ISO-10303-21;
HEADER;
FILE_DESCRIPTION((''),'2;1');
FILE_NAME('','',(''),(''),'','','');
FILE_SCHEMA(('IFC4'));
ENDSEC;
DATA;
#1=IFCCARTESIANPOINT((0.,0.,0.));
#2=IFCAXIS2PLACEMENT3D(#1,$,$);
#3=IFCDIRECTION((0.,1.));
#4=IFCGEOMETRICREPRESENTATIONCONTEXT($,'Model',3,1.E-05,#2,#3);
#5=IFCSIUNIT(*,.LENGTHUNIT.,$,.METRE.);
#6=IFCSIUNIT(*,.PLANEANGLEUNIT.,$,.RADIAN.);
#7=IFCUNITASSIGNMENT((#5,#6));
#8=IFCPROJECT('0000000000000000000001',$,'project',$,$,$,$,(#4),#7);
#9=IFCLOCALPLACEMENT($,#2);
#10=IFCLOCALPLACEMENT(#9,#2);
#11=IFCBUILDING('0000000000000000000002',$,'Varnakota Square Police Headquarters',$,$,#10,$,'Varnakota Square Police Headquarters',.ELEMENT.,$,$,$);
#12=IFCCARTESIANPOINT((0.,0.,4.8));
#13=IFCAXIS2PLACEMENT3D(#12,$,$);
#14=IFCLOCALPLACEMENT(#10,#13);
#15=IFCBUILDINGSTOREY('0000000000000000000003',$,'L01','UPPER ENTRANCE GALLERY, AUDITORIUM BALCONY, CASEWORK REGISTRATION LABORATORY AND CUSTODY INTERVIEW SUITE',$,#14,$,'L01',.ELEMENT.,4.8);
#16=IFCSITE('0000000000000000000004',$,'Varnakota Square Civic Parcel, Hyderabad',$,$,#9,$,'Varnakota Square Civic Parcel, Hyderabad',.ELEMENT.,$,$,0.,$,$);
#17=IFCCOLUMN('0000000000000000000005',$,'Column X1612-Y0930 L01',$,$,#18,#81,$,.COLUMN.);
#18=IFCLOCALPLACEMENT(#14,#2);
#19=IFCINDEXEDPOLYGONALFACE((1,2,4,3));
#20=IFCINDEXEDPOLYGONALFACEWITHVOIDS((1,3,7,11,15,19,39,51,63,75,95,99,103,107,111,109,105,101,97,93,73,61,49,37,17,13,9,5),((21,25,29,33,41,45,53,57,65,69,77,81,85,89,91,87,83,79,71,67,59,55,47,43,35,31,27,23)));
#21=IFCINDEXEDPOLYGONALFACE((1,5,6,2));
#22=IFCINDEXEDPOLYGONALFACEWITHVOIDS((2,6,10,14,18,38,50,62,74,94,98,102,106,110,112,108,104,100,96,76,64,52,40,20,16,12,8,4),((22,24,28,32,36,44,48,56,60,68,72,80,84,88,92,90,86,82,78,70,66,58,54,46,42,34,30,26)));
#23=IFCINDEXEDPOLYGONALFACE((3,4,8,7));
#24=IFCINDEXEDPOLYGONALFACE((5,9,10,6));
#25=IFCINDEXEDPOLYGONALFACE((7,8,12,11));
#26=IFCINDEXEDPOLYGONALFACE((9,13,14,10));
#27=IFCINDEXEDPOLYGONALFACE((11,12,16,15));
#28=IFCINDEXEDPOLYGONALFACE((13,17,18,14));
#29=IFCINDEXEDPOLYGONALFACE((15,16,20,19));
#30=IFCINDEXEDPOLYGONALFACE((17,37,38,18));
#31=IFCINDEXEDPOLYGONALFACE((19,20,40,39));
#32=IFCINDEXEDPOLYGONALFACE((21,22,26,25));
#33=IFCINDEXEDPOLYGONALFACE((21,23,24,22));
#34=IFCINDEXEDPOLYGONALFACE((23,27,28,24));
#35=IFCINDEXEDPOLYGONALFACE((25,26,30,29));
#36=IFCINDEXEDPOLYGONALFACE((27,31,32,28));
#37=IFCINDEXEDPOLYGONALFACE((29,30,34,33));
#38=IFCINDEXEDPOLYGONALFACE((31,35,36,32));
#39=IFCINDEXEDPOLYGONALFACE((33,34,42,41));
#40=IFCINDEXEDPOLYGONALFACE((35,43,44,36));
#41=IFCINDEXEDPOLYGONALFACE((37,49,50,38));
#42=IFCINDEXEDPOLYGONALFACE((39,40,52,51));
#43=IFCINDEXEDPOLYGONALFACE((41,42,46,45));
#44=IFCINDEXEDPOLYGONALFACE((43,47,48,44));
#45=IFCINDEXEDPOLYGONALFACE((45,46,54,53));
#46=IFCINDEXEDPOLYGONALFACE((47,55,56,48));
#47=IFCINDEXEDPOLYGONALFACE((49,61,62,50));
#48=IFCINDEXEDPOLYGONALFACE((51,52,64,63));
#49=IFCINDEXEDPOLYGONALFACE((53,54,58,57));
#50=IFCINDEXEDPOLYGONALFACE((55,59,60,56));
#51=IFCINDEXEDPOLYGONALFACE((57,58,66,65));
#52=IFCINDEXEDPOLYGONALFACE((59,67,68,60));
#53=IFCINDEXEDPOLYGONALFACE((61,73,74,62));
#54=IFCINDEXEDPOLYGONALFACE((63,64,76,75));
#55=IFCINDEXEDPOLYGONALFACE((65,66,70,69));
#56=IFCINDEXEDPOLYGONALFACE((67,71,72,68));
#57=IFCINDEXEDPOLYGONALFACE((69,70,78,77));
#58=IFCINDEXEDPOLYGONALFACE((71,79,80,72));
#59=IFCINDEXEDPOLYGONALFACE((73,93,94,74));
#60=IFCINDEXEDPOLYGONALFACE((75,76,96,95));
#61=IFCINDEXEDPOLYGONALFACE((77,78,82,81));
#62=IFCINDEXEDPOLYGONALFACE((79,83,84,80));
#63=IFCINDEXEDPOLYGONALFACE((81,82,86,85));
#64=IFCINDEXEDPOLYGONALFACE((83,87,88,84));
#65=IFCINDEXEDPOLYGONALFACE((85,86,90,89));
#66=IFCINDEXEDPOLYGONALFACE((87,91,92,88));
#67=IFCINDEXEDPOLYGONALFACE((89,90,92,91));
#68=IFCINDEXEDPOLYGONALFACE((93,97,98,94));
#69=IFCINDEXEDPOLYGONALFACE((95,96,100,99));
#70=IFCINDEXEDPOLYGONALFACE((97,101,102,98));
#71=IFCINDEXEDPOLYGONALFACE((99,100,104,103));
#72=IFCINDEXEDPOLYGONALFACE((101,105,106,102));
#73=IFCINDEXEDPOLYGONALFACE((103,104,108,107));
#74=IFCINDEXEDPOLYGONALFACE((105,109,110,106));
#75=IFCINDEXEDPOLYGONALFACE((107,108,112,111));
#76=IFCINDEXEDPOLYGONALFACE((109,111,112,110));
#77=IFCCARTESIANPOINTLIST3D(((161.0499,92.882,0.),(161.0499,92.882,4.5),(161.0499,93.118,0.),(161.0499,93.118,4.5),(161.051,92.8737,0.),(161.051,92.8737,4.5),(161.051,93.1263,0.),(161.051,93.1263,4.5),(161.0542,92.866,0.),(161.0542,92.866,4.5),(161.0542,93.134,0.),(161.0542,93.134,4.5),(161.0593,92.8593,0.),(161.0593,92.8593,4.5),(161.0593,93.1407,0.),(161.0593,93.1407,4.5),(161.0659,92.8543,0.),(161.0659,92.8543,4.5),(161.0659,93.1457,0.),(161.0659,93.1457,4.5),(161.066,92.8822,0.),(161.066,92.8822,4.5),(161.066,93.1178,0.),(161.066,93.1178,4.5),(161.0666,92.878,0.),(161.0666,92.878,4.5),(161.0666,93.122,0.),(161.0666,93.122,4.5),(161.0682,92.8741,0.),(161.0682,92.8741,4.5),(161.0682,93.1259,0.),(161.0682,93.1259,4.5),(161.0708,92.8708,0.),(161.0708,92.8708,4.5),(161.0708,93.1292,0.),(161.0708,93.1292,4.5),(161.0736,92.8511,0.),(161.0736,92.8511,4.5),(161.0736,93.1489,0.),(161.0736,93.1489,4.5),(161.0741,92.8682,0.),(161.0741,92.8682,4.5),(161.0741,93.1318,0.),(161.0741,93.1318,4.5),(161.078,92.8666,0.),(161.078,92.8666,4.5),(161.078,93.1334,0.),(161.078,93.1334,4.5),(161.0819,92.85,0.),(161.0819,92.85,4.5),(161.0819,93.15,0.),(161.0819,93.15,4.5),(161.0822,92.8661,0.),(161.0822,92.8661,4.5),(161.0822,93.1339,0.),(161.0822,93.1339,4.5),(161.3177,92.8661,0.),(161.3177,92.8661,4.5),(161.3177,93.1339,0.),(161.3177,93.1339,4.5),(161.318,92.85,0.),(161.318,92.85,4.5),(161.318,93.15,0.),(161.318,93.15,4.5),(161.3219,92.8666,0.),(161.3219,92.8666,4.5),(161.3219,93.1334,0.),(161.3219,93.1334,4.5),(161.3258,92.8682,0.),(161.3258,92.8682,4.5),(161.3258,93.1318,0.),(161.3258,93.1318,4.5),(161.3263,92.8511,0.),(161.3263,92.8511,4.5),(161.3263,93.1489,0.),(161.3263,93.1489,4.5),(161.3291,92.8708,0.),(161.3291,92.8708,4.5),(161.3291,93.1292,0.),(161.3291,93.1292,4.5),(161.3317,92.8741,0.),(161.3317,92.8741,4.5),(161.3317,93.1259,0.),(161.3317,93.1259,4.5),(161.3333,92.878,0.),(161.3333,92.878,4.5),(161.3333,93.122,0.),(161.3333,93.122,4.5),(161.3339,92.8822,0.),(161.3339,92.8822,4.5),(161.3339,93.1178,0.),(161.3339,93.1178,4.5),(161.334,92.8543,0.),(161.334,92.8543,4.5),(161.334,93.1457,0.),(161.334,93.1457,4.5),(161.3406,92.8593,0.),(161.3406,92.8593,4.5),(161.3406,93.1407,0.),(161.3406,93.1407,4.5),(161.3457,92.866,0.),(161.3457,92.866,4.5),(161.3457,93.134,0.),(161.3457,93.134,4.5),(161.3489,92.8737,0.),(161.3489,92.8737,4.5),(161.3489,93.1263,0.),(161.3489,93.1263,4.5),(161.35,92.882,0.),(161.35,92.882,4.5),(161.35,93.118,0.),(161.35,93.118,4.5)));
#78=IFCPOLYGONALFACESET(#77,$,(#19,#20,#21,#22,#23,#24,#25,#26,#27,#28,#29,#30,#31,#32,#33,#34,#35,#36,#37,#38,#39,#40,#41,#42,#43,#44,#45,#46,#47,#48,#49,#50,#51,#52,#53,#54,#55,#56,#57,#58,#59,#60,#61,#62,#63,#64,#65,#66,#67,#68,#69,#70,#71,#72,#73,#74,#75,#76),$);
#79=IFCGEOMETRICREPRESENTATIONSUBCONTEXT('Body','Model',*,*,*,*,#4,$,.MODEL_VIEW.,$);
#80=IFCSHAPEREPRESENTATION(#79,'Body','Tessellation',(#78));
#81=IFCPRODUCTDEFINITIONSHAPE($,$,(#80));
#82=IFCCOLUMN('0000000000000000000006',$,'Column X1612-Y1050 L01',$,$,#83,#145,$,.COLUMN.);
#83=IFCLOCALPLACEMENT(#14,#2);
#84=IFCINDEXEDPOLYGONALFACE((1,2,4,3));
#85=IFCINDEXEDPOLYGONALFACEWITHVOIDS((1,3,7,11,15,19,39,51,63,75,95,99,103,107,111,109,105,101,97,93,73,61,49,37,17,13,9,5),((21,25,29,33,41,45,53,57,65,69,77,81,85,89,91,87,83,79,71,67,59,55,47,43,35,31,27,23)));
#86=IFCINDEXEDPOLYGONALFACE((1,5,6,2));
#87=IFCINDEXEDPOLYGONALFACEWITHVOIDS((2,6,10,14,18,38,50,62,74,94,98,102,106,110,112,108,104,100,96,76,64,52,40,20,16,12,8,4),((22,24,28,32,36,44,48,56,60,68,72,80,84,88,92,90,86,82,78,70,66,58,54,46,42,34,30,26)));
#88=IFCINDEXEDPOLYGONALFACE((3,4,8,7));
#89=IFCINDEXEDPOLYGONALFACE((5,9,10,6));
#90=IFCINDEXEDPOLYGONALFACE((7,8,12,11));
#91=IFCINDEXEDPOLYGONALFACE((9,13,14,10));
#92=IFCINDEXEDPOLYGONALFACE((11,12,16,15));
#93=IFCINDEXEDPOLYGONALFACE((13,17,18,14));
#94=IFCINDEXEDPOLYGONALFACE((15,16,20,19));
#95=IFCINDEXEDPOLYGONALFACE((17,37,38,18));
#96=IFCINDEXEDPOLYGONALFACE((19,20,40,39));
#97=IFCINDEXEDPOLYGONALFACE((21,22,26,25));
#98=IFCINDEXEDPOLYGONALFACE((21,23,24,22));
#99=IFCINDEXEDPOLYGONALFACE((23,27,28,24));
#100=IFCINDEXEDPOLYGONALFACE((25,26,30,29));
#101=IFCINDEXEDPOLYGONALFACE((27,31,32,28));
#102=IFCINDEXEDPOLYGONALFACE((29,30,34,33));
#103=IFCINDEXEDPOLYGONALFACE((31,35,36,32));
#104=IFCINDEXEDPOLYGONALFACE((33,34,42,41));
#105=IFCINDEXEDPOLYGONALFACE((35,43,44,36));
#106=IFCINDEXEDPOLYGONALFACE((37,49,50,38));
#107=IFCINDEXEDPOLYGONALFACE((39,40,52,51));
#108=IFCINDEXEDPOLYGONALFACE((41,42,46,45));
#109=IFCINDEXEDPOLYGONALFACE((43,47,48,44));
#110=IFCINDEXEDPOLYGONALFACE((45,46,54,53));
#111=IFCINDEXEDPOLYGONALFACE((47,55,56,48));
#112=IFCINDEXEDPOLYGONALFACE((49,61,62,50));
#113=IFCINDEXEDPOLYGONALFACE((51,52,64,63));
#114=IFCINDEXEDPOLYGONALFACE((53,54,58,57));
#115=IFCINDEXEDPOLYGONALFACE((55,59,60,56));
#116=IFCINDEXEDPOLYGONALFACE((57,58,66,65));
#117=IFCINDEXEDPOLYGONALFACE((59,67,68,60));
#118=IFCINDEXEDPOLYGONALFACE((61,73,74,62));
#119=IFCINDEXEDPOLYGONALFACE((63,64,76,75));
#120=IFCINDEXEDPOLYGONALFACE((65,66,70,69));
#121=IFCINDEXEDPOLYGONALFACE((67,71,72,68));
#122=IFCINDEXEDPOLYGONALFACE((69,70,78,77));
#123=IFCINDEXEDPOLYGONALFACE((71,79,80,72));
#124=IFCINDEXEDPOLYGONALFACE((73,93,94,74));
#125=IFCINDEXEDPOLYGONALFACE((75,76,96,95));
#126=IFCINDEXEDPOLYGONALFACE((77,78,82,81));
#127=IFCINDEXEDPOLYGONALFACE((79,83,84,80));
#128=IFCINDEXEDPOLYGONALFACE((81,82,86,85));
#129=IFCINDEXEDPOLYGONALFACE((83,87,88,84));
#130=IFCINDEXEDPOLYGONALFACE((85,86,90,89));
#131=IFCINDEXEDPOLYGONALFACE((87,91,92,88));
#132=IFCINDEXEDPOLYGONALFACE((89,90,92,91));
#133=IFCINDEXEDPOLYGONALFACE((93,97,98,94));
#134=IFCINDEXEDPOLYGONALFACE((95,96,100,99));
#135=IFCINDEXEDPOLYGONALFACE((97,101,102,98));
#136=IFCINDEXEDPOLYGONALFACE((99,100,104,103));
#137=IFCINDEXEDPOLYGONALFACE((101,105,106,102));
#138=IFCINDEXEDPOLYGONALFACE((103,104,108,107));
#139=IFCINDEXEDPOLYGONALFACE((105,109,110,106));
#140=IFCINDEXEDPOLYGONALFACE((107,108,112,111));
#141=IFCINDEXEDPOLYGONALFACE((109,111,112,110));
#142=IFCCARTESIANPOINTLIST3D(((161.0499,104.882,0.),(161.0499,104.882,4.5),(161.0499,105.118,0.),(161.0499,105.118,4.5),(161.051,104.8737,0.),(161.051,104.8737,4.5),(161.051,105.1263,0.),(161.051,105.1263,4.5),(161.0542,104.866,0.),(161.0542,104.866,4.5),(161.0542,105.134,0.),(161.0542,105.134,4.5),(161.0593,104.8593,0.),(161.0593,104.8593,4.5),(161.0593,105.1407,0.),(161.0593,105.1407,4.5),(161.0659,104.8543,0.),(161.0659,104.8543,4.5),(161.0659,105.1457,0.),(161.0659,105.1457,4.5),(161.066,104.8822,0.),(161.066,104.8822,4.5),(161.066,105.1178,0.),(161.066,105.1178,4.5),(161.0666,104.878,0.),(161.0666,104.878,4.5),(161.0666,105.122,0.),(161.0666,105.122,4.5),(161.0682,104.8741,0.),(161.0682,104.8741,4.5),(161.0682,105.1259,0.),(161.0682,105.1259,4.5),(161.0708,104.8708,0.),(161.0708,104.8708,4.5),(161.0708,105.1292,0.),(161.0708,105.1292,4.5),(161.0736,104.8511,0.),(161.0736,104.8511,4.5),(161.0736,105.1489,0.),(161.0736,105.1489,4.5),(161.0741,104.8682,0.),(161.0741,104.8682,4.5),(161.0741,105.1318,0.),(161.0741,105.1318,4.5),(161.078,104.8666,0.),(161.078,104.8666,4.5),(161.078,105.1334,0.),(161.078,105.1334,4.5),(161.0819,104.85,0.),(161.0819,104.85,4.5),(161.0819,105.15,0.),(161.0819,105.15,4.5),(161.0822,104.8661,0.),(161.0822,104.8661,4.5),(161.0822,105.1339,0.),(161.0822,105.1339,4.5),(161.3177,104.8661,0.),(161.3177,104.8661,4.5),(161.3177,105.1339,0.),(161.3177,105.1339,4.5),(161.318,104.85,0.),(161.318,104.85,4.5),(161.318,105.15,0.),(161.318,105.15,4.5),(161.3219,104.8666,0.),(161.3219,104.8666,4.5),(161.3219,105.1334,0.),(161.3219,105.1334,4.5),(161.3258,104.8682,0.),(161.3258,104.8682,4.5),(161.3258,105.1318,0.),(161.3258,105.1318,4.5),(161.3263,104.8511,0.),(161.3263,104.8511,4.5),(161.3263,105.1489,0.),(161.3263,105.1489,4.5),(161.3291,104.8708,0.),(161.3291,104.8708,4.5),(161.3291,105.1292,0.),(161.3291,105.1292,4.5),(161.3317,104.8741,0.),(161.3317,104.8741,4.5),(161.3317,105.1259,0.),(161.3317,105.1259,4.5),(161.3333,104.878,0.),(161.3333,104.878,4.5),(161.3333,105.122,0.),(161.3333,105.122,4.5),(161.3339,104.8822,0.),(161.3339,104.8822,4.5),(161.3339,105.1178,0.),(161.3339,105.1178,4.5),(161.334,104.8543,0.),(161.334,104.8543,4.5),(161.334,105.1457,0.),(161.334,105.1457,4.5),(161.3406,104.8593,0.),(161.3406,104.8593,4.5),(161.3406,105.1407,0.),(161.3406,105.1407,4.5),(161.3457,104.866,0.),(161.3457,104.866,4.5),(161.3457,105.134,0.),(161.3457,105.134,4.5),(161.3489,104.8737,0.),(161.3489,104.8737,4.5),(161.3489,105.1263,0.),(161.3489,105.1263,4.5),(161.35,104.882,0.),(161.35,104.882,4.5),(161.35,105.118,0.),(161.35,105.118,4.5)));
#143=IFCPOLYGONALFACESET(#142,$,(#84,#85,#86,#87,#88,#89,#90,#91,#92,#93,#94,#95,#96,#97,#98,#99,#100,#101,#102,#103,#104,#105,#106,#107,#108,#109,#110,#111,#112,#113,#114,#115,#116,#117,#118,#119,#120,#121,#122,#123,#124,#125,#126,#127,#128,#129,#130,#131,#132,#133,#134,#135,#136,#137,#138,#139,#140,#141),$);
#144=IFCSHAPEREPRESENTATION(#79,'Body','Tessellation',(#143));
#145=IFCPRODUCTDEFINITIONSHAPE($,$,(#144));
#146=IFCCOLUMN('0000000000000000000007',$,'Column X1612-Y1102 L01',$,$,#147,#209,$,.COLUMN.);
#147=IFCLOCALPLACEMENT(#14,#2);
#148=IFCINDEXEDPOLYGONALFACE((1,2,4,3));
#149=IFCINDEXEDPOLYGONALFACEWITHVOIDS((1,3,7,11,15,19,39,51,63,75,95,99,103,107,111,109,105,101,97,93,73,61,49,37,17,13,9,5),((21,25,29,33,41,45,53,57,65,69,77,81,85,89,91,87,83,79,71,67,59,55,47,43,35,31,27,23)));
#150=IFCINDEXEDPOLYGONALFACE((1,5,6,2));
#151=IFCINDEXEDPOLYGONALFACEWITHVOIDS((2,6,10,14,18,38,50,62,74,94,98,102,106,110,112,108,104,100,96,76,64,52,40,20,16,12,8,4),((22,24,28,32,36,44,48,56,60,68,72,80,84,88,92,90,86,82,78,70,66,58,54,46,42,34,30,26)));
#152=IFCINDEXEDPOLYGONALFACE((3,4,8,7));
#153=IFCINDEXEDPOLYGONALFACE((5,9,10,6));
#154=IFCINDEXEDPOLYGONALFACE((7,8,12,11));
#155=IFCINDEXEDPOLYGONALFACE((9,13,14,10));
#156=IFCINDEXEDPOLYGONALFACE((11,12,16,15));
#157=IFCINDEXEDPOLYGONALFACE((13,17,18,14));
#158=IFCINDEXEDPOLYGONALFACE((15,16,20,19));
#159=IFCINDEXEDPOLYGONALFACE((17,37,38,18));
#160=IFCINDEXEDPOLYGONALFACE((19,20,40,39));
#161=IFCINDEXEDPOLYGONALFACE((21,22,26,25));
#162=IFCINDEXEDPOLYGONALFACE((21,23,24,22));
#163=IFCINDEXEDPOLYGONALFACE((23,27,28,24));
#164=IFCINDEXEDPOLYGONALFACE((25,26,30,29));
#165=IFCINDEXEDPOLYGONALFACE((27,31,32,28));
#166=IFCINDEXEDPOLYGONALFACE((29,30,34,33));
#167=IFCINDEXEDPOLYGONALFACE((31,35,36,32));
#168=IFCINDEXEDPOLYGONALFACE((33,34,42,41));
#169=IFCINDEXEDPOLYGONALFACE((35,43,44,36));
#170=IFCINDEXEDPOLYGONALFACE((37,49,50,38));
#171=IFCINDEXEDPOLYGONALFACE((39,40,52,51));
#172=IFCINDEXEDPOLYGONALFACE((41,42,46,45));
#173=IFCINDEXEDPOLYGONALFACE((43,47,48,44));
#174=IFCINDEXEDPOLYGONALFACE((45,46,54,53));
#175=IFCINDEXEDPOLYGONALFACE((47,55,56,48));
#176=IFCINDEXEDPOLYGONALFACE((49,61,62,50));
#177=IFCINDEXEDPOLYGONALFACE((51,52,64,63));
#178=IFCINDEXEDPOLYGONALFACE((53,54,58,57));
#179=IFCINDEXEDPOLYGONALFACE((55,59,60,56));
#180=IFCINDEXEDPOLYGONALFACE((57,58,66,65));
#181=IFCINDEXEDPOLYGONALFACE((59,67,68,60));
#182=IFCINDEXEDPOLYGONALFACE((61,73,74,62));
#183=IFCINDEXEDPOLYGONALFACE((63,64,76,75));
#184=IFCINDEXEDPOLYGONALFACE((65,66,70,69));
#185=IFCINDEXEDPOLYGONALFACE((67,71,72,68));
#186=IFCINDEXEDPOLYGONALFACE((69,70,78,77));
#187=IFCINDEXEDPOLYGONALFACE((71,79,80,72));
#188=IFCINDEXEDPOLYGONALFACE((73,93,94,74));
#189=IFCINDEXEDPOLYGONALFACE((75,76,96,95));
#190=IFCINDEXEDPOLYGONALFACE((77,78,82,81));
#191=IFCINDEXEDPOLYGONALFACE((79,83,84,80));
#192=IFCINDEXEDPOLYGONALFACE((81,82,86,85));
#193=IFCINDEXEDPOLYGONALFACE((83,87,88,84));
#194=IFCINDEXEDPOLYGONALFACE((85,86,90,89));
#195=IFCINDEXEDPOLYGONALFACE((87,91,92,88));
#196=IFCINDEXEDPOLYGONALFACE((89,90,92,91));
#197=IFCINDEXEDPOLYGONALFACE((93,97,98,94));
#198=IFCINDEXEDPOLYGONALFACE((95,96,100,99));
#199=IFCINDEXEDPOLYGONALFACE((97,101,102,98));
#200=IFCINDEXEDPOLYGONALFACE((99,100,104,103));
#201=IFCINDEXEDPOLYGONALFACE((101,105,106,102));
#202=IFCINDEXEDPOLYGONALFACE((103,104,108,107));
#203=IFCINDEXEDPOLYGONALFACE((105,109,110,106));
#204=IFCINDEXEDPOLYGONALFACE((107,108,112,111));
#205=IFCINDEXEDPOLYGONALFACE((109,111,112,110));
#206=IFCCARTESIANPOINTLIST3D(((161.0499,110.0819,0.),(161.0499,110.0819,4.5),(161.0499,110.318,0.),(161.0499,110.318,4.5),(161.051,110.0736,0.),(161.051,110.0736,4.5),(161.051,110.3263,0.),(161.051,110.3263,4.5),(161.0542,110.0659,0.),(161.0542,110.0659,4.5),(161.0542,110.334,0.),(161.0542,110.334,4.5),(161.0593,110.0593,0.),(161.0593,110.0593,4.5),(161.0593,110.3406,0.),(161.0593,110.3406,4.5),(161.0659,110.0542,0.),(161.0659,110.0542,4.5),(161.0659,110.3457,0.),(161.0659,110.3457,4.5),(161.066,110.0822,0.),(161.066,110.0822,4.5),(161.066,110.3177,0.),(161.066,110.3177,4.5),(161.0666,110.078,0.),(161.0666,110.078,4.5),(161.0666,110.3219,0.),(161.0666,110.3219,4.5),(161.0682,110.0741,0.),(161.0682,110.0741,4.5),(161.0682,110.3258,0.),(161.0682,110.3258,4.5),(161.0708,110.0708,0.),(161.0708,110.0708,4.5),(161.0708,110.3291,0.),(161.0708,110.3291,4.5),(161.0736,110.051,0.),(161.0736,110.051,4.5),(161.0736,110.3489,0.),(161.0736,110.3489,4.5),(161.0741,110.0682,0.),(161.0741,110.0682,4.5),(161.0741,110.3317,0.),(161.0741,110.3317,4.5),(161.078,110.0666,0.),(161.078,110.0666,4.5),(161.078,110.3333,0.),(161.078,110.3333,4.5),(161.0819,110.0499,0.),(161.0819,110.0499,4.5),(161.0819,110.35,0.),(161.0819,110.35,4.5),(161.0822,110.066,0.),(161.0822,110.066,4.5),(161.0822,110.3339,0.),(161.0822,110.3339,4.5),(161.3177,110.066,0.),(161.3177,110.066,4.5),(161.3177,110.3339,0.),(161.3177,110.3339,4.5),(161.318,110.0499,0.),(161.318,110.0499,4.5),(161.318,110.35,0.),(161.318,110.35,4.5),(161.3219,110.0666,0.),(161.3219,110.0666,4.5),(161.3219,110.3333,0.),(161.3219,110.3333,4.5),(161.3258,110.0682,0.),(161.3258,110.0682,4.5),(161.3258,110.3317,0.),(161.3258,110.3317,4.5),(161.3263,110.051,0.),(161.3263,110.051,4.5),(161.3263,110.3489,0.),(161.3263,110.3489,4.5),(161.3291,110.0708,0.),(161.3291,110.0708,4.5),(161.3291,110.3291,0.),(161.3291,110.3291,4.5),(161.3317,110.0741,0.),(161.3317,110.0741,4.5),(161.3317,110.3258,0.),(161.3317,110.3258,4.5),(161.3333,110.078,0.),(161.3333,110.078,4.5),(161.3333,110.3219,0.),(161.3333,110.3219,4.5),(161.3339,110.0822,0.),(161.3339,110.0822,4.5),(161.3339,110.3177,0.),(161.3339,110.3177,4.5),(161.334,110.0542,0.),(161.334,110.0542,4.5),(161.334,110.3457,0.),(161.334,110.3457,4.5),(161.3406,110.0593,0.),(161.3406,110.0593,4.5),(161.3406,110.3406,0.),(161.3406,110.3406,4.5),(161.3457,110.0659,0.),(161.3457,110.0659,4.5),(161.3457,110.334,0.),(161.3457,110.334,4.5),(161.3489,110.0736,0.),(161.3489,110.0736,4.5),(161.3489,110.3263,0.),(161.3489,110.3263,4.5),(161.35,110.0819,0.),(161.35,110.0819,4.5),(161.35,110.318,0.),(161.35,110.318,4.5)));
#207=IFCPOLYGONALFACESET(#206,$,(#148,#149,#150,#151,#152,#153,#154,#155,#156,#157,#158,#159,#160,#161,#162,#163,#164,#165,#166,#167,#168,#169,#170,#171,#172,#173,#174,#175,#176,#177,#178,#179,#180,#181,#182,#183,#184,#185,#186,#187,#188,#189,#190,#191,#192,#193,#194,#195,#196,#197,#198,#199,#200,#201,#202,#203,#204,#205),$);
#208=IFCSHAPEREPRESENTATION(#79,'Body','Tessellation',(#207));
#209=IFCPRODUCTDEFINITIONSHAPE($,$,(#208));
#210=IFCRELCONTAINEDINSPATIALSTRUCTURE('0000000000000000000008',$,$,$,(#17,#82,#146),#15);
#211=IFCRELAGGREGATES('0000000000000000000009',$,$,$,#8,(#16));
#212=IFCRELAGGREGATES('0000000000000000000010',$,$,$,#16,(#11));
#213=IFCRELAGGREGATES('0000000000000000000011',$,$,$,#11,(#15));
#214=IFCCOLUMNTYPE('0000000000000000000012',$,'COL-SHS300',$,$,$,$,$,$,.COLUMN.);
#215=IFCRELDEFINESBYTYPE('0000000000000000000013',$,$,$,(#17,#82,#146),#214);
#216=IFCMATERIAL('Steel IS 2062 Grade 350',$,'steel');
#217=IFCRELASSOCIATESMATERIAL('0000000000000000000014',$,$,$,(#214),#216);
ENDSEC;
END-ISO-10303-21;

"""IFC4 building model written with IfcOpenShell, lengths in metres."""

from ifc_helpers import new_model, si_unit, direction, frame, origin, origin_2d, place, context, subcontext, project, spatial, hollow_rectangle, extrude, material, material_profile, profile_set, type_object, element, save


model = new_model("IFC4")

# Units and contexts
model_context = context("Model", 3, precision=1e-05, world=origin(), true_north=direction((0.0, 1.0)))
body_context = subcontext(model_context, "Body", "Model", "MODEL_VIEW")
ifc_project = project(units=[si_unit("LENGTHUNIT", "METRE"), si_unit("PLANEANGLEUNIT", "RADIAN")], contexts=[model_context])

# Site, building, storey
site_placement = place(None, origin())
site = spatial("IfcSite", under=ifc_project, at=site_placement, Name="Varnakota Square Civic Parcel, Hyderabad", LongName="Varnakota Square Civic Parcel, Hyderabad", CompositionType="ELEMENT", RefElevation=0.0)
building_placement = place(site_placement, origin())
building = spatial("IfcBuilding", under=site, at=building_placement, Name="Varnakota Square Police Headquarters", LongName="Varnakota Square Police Headquarters", CompositionType="ELEMENT")
storey_placement = place(building_placement, frame((0.0, 0.0, 4.8)))
storey = spatial("IfcBuildingStorey", under=building, at=storey_placement, Name="L01", Description="UPPER ENTRANCE GALLERY, AUDITORIUM BALCONY, CASEWORK REGISTRATION LABORATORY AND CUSTODY INTERVIEW SUITE", LongName="L01", CompositionType="ELEMENT", Elevation=4.8)

# Columns
ifc_material_1 = material(Name="Steel IS 2062 Grade 350", Category="steel")
ifc_material_profile_1 = material_profile(ifc_material_1, hollow_rectangle(XDim=0.3, YDim=0.3, WallThickness=0.0161, InnerFilletRadius=0.0161, OuterFilletRadius=0.032, at=origin_2d()), Name="SHS 300x300x16")
ifc_profile_set_1 = profile_set([ifc_material_profile_1], Name="Steel IS 2062 Grade 350")
column_type_1 = type_object("IfcColumnType", Name="COL-SHS300", PredefinedType="COLUMN", material=ifc_profile_set_1)
for number, where, z_axis, x_axis, name in (
    (1, (161.2, 93.0, 0.0), (0.0, 0.0, 1.0), (1.0, 0.0, 0.0), "Column X1612-Y0930 L01"),
    (2, (161.2, 105.0, 0.0), (0.0, 0.0, 1.0), (1.0, 0.0, 0.0), "Column X1612-Y1050 L01"),
    (3, (161.2, 110.2, 0.0), (0.0, 0.0, 1.0), (1.0, 0.0, 0.0), "Column X1612-Y1102 L01"),
):
    element("IfcColumn", number, at=place(storey_placement, frame(where, z_axis=z_axis, x_axis=x_axis)), inside=storey, type_object=column_type_1, Name=name, PredefinedType="COLUMN", context=body_context, shape_type="SweptSolid", body=[
        extrude(hollow_rectangle(XDim=0.3, YDim=0.3, WallThickness=0.0161, InnerFilletRadius=0.0161, OuterFilletRadius=0.032, at=origin_2d()), origin(), (0.0, 0.0, 1.0), 4.5),
    ])

save(model, "model.ifc")
